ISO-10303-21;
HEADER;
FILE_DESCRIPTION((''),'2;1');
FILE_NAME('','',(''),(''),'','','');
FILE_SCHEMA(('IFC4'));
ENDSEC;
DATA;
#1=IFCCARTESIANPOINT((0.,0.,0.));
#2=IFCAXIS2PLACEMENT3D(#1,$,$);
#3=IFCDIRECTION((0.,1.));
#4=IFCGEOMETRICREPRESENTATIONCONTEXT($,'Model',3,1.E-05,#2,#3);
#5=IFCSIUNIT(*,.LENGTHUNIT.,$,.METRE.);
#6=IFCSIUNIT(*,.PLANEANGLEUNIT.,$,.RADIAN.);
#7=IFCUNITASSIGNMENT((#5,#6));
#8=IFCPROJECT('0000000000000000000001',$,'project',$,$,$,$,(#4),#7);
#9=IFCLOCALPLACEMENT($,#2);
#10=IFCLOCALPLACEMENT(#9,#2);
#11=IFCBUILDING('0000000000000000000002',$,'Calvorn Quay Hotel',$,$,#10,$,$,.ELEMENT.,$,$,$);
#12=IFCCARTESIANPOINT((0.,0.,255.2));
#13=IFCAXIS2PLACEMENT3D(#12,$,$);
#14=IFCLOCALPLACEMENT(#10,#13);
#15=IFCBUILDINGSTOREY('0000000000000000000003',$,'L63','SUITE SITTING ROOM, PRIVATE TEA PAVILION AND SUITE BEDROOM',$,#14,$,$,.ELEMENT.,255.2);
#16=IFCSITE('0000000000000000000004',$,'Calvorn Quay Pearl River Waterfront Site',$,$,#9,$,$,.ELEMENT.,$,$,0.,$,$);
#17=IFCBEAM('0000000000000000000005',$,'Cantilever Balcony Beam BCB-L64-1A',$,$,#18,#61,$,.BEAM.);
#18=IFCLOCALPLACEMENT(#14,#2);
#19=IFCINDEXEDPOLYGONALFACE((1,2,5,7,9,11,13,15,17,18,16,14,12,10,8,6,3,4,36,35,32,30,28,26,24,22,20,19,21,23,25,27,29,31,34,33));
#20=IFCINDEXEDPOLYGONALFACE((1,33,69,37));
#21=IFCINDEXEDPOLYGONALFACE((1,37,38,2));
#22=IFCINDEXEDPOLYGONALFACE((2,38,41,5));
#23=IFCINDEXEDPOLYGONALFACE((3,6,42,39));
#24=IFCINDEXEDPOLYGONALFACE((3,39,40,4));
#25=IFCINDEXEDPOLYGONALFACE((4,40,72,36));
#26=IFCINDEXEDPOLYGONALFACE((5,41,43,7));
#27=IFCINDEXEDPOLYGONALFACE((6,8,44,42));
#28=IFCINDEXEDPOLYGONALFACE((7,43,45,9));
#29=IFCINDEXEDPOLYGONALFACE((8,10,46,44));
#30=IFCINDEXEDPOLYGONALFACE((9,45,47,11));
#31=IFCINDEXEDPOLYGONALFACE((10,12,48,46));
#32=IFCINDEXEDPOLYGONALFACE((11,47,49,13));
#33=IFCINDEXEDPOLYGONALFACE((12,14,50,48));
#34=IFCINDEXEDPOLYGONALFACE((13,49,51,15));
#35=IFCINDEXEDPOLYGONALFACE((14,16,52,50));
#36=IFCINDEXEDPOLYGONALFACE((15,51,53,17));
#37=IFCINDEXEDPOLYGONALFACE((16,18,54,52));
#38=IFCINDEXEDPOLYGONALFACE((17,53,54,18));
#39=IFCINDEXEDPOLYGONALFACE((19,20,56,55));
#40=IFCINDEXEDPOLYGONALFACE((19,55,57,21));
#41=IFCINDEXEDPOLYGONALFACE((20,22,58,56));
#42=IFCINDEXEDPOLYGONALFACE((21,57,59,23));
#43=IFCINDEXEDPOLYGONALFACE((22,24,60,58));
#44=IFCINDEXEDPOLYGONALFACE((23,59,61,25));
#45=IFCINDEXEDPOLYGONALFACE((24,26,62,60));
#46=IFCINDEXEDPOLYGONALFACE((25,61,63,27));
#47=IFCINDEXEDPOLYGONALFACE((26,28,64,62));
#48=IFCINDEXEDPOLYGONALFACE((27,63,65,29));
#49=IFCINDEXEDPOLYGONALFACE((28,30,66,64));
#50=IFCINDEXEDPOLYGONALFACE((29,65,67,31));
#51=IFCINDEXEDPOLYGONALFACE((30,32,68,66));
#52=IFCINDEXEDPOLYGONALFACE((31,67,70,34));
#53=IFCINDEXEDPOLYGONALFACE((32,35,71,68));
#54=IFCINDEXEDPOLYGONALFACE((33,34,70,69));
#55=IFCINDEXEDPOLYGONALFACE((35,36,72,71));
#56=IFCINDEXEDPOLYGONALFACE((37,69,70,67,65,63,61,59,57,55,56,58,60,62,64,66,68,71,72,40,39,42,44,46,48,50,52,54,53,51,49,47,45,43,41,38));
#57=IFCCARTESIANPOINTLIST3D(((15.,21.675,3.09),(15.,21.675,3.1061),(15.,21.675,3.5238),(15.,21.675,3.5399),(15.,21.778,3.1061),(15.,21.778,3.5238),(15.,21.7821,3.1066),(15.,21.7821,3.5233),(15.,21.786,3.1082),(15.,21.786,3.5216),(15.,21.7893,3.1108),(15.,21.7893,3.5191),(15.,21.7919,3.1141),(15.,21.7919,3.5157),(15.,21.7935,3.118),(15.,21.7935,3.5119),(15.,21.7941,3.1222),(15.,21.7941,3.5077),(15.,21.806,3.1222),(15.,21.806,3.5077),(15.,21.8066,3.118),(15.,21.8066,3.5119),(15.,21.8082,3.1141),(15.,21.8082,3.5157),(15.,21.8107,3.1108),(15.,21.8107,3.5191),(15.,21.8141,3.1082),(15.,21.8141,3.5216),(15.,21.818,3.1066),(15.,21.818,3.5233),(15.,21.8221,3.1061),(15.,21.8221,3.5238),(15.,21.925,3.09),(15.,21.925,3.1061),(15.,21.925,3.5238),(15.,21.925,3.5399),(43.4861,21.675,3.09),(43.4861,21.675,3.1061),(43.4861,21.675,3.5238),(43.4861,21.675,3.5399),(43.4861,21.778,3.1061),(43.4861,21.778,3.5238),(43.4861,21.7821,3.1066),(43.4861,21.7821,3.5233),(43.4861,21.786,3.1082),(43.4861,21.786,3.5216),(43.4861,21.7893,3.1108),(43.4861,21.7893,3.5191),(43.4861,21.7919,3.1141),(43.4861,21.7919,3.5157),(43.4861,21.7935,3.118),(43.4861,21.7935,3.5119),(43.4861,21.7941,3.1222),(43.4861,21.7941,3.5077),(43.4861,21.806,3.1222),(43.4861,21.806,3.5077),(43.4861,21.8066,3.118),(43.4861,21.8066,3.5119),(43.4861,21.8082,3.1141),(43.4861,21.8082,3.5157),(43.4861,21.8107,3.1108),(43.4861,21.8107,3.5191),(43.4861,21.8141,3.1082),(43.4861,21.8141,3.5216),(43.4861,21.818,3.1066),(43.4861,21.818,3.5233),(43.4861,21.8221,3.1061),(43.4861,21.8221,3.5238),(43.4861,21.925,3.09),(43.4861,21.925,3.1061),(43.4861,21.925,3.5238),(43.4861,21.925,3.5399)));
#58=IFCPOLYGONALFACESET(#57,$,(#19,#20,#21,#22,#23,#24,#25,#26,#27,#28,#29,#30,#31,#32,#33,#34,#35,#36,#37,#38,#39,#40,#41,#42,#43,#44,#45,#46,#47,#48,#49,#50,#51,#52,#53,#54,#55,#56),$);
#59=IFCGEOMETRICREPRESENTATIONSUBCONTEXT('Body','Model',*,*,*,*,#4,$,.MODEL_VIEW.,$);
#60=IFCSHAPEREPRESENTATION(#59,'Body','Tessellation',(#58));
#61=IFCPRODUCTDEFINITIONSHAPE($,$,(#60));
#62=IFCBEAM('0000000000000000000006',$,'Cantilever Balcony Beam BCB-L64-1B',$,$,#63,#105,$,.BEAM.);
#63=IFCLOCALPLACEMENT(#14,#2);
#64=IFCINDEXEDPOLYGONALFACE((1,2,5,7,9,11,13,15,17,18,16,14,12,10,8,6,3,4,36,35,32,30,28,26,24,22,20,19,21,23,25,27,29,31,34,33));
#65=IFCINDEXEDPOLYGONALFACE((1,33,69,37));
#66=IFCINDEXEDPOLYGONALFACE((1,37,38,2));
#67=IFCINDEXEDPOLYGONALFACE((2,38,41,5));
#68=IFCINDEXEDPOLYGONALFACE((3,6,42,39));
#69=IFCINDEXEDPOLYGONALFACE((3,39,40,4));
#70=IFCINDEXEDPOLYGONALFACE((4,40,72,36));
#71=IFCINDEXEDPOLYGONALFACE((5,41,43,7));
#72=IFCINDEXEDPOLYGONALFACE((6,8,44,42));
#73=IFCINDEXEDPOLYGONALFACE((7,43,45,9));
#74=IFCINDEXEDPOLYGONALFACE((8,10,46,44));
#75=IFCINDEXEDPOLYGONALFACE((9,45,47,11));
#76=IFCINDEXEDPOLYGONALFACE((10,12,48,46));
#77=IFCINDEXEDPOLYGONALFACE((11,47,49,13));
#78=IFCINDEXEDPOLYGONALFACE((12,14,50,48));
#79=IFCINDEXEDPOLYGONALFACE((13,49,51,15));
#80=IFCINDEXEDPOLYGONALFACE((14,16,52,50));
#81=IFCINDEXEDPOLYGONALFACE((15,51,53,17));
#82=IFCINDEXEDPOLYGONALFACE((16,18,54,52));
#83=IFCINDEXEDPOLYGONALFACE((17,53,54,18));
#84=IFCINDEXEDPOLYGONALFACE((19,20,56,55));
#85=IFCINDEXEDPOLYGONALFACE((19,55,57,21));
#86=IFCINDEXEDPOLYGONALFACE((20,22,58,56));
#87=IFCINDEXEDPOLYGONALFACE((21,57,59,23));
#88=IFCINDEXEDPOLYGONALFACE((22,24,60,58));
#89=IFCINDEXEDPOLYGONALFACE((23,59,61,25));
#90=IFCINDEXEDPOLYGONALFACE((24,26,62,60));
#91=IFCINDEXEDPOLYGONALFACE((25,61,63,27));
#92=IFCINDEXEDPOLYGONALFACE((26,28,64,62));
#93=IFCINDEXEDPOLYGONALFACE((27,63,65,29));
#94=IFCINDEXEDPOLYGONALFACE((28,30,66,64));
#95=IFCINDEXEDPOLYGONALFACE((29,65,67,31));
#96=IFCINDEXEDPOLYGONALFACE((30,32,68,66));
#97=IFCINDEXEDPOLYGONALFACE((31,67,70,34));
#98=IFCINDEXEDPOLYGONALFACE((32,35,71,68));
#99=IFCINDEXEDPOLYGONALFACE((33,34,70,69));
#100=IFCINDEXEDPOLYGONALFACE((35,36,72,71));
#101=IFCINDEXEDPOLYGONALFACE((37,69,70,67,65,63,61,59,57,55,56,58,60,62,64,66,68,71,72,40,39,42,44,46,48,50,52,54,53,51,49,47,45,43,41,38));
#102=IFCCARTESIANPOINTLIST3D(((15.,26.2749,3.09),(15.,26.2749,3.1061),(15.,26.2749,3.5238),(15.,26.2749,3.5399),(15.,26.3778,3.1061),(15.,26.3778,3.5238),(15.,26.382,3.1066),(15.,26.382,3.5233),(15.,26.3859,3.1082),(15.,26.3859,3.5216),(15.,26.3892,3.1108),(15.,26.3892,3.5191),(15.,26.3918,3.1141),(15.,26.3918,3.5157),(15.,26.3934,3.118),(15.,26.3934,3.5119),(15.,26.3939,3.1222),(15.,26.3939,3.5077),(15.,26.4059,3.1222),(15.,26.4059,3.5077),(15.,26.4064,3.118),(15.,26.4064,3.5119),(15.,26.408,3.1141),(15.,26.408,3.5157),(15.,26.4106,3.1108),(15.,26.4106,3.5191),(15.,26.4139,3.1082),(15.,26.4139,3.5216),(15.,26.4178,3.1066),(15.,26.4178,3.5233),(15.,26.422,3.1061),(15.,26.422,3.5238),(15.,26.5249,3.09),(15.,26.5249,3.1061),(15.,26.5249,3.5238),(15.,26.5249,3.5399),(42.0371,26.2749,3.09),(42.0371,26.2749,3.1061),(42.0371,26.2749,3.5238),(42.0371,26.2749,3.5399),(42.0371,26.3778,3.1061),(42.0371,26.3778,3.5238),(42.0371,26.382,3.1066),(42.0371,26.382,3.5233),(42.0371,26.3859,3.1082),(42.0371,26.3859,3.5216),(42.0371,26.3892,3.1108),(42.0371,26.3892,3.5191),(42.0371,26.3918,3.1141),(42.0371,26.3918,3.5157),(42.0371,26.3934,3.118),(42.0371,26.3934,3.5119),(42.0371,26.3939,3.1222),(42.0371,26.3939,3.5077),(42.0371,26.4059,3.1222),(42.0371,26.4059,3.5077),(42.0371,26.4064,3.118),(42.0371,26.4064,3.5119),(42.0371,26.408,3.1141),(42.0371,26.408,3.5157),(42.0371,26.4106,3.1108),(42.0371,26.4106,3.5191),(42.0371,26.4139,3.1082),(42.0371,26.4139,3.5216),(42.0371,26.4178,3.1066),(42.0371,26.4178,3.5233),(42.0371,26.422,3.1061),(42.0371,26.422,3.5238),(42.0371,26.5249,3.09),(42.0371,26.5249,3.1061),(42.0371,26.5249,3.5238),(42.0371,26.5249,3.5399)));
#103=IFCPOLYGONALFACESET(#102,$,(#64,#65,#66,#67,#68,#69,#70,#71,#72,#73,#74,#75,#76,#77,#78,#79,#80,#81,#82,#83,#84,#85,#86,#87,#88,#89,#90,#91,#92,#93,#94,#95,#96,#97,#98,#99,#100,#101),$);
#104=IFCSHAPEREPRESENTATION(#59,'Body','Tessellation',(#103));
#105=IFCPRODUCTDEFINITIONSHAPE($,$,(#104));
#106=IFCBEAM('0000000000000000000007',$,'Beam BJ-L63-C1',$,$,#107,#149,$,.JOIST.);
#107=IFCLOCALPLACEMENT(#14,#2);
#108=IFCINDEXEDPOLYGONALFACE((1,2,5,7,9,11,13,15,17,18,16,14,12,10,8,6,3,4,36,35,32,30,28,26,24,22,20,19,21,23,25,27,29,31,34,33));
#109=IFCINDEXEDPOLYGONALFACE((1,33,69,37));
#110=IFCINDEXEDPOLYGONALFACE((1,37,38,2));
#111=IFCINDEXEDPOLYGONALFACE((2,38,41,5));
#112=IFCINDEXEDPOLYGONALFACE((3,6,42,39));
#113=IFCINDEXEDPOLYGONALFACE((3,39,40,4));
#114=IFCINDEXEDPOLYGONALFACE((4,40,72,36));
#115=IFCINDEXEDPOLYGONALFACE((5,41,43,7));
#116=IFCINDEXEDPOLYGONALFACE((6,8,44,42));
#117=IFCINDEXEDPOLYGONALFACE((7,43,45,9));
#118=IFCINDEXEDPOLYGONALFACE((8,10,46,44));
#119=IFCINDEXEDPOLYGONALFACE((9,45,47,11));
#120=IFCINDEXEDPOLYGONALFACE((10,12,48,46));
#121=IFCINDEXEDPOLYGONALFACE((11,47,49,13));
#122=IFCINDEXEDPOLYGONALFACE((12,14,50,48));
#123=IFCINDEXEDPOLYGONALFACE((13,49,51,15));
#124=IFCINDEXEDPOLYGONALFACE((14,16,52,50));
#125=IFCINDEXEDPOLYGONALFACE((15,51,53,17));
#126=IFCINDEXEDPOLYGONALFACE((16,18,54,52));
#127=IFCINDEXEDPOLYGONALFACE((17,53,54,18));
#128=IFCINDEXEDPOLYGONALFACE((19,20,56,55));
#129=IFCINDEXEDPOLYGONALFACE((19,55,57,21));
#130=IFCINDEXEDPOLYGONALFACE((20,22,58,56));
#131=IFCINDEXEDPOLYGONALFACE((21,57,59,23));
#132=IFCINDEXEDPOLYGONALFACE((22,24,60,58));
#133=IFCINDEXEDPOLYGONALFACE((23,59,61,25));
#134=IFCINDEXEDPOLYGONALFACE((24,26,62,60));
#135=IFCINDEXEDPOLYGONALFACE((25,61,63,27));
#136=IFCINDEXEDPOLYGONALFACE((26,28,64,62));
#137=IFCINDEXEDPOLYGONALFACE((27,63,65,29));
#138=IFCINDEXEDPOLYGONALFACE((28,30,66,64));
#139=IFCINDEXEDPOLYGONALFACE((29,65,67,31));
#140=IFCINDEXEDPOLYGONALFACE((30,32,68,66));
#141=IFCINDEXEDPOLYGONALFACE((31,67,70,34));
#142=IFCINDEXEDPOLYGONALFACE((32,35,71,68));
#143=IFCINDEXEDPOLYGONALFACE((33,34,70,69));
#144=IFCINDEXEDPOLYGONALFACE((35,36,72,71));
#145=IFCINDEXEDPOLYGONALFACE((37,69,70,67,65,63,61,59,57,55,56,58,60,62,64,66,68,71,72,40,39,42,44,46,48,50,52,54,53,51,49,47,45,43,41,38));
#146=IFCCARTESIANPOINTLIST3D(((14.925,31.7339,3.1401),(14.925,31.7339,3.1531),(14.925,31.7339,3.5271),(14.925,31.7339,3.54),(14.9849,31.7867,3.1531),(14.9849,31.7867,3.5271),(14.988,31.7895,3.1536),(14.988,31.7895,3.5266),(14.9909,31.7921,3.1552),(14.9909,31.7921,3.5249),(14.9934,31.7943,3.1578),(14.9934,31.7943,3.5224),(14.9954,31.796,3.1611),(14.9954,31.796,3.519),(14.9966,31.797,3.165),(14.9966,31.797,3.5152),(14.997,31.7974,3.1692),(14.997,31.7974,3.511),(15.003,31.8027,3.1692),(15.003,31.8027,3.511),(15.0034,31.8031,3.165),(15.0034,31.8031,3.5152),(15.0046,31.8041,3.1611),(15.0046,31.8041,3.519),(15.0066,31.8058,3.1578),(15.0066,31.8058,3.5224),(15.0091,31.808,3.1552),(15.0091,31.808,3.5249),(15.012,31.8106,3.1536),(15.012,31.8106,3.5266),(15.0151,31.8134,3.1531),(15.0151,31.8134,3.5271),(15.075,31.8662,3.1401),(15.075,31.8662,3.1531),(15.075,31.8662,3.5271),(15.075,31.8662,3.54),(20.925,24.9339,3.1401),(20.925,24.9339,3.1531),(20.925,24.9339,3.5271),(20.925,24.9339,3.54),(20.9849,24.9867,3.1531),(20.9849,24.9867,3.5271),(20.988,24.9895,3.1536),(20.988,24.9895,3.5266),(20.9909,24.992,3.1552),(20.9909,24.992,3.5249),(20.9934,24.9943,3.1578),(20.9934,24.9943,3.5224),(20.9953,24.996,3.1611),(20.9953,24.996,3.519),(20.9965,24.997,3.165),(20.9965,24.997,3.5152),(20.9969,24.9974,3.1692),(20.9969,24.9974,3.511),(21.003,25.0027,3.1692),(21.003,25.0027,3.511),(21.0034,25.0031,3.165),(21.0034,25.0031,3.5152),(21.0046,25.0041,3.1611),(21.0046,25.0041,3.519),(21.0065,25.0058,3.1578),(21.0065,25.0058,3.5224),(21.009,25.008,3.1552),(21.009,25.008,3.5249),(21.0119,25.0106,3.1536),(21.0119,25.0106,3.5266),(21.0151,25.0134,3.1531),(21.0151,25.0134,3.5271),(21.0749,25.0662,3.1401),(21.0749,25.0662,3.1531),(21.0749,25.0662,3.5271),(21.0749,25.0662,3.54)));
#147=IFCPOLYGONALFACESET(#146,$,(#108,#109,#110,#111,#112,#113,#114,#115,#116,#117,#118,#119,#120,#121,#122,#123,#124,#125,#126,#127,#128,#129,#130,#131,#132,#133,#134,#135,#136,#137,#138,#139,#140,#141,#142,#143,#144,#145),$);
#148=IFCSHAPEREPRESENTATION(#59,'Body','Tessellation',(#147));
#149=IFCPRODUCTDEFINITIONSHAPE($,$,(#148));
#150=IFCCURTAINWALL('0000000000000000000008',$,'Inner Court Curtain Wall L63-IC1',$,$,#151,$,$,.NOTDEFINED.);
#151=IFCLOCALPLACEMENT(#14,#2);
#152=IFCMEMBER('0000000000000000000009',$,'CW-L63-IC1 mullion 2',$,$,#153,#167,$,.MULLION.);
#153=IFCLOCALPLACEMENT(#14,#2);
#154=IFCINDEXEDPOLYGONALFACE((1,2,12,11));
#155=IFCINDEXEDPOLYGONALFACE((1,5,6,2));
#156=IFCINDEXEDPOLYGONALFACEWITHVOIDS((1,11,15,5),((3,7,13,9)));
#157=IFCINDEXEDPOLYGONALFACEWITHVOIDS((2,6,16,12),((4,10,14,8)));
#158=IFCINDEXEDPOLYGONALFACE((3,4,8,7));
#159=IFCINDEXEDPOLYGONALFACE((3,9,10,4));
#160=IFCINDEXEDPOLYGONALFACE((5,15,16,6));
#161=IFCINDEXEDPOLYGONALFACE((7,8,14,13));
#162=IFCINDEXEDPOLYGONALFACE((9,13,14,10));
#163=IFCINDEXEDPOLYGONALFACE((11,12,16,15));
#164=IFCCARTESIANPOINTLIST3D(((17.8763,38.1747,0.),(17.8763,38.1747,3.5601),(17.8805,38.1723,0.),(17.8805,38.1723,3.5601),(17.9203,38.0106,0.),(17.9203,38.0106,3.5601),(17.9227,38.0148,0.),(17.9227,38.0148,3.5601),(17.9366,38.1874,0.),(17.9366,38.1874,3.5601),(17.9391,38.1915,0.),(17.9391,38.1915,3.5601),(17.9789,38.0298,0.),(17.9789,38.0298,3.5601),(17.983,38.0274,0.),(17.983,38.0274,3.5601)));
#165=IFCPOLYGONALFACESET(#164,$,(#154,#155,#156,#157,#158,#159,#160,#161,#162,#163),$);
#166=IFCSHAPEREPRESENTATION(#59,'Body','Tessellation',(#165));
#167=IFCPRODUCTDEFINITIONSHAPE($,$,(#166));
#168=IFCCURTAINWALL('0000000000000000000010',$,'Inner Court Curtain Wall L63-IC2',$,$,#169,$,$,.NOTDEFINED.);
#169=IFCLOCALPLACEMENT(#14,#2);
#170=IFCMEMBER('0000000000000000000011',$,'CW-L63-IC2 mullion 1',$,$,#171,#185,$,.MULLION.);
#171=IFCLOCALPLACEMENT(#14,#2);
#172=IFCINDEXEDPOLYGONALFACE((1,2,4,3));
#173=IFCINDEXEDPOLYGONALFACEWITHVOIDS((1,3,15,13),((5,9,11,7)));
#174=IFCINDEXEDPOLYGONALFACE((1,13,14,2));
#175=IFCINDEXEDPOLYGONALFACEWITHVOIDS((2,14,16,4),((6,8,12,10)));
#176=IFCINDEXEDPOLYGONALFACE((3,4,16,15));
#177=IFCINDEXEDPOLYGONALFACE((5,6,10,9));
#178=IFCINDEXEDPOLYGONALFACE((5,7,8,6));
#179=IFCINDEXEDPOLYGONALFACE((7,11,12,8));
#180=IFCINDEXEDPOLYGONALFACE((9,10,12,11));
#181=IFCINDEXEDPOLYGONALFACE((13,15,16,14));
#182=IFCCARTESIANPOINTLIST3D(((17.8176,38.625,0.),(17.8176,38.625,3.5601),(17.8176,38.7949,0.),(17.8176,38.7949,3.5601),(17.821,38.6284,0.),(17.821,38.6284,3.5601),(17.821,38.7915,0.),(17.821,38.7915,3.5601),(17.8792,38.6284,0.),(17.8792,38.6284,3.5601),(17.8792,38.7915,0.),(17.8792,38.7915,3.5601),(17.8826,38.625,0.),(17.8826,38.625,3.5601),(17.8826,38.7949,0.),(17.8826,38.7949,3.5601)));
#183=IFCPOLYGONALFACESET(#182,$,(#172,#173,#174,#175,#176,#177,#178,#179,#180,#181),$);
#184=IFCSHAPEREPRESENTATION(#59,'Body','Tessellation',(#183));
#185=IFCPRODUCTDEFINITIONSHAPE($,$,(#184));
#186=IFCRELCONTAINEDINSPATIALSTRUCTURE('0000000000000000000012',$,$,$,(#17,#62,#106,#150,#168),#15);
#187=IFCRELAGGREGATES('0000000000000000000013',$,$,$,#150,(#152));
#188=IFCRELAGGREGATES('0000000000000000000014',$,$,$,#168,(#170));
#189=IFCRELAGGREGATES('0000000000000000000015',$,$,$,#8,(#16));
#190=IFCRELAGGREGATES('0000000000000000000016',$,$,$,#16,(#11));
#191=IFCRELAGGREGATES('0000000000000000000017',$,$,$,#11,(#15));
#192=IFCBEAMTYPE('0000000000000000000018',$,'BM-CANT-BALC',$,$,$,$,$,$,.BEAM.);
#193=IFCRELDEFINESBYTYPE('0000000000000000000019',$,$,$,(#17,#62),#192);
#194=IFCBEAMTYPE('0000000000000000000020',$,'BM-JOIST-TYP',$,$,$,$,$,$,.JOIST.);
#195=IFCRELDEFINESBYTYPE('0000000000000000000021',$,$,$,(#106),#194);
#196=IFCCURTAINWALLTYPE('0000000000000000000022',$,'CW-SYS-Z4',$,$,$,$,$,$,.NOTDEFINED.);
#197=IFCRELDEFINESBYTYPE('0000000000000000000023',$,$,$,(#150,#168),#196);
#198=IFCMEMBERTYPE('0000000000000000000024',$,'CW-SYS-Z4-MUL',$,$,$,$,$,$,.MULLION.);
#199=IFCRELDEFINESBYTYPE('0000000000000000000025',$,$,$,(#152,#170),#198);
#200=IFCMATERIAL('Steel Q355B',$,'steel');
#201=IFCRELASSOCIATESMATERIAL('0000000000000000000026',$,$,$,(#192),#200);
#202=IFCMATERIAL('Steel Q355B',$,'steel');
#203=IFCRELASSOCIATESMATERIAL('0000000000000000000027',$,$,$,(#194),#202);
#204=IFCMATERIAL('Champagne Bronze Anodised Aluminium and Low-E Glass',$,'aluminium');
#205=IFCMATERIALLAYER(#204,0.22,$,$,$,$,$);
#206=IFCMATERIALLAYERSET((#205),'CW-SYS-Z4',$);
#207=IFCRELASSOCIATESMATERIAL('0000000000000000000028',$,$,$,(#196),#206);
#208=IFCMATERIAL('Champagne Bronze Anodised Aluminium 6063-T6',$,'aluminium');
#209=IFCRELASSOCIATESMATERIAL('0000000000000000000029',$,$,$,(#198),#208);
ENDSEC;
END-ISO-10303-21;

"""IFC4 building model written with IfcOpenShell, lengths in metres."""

from ifc_helpers import new_model, si_unit, direction, frame, origin, origin_2d, place, context, subcontext, project, spatial, hollow_rectangle, i_section, extrude, material, layer, layer_set, material_profile, profile_set, type_object, element, aggregate, save


model = new_model("IFC4")

# Units and contexts
model_context = context("Model", 3, precision=1e-05, world=origin(), true_north=direction((0.0, 1.0)))
body_context = subcontext(model_context, "Body", "Model", "MODEL_VIEW")
ifc_project = project(units=[si_unit("LENGTHUNIT", "METRE"), si_unit("PLANEANGLEUNIT", "RADIAN")], contexts=[model_context])

# Site, building, storey
site_placement = place(None, origin())
site = spatial("IfcSite", under=ifc_project, at=site_placement, Name="Calvorn Quay Pearl River Waterfront Site", CompositionType="ELEMENT", RefElevation=0.0)
building_placement = place(site_placement, origin())
building = spatial("IfcBuilding", under=site, at=building_placement, Name="Calvorn Quay Hotel", CompositionType="ELEMENT")
storey_placement = place(building_placement, frame((0.0, 0.0, 255.2)))
storey = spatial("IfcBuildingStorey", under=building, at=storey_placement, Name="L63", Description="SUITE SITTING ROOM, PRIVATE TEA PAVILION AND SUITE BEDROOM", CompositionType="ELEMENT", Elevation=255.2)

# Beams
ifc_material_1 = material(Name="Steel Q355B", Category="steel")
ifc_material_profile_1 = material_profile(ifc_material_1, i_section(OverallWidth=0.25, OverallDepth=0.45, WebThickness=0.012, FlangeThickness=0.0161, FilletRadius=0.0161, at=origin_2d()), Name="HN450x250x12x16")
ifc_profile_set_1 = profile_set([ifc_material_profile_1], Name="Steel Q355B")
beam_type_1 = type_object("IfcBeamType", Name="BM-CANT-BALC", PredefinedType="BEAM", material=ifc_profile_set_1)
beam_1_placement = place(storey_placement, frame((15.0, 21.8, 3.3149), z_axis=(1.0, 0.0, 0.0), x_axis=(0.0, 1.0, 0.0)))
element("IfcBeam", 1, at=beam_1_placement, inside=storey, type_object=beam_type_1, Name="Cantilever Balcony Beam BCB-L64-1A", PredefinedType="BEAM", context=body_context, shape_type="SweptSolid", body=[
    extrude(i_section(OverallWidth=0.25, OverallDepth=0.45, WebThickness=0.012, FlangeThickness=0.0161, FilletRadius=0.0161, at=origin_2d()), origin(), (0.0, 0.0, 1.0), 28.4861),
])
beam_2_placement = place(storey_placement, frame((15.0, 26.3999, 3.3149), z_axis=(1.0, 0.0, 0.0), x_axis=(0.0, 1.0, 0.0)))
element("IfcBeam", 2, at=beam_2_placement, inside=storey, type_object=beam_type_1, Name="Cantilever Balcony Beam BCB-L64-1B", PredefinedType="BEAM", context=body_context, shape_type="SweptSolid", body=[
    extrude(i_section(OverallWidth=0.25, OverallDepth=0.45, WebThickness=0.012, FlangeThickness=0.0161, FilletRadius=0.0161, at=origin_2d()), origin(), (0.0, 0.0, 1.0), 27.0371),
])
ifc_material_2 = material(Name="Steel Q355B", Category="steel")
ifc_material_profile_2 = material_profile(ifc_material_2, i_section(OverallWidth=0.2, OverallDepth=0.3999, WebThickness=0.0081, FlangeThickness=0.0129, FilletRadius=0.0161, at=origin_2d()), Name="HN400x200x8x13")
ifc_profile_set_2 = profile_set([ifc_material_profile_2], Name="Steel Q355B")
beam_type_2 = type_object("IfcBeamType", Name="BM-JOIST-TYP", PredefinedType="JOIST", material=ifc_profile_set_2)
beam_3_placement = place(storey_placement, frame((15.0, 31.8, 3.3401), z_axis=(0.661619, -0.74984, 0.0), x_axis=(0.74984, 0.661619, 0.0)))
element("IfcBeam", 3, at=beam_3_placement, inside=storey, type_object=beam_type_2, Name="Beam BJ-L63-C1", PredefinedType="JOIST", context=body_context, shape_type="SweptSolid", body=[
    extrude(i_section(OverallWidth=0.2, OverallDepth=0.3999, WebThickness=0.0081, FlangeThickness=0.0129, FilletRadius=0.0161, at=origin_2d()), origin(), (0.0, 0.0, 1.0), 9.0686),
])

# Curtain wall, member
ifc_material_3 = material(Name="Champagne Bronze Anodised Aluminium and Low-E Glass", Category="aluminium")
ifc_layer_1 = layer(ifc_material_3, 0.22)
ifc_layer_set_1 = layer_set([ifc_layer_1], Name="CW-SYS-Z4")
curtain_wall_type = type_object("IfcCurtainWallType", Name="CW-SYS-Z4", PredefinedType="NOTDEFINED", material=ifc_layer_set_1)
curtain_wall_1_placement = place(storey_placement, origin())
curtain_wall_1 = element("IfcCurtainWall", 4, at=curtain_wall_1_placement, inside=storey, type_object=curtain_wall_type, Name="Inner Court Curtain Wall L63-IC1", PredefinedType="NOTDEFINED")
ifc_material_4 = material(Name="Champagne Bronze Anodised Aluminium 6063-T6", Category="aluminium")
ifc_material_profile_3 = material_profile(ifc_material_4, hollow_rectangle(XDim=0.0649, YDim=0.1699, WallThickness=0.0034, at=origin_2d()), Name="ALU-M170x65x3.5")
ifc_profile_set_3 = profile_set([ifc_material_profile_3], Name="Champagne Bronze Anodised Aluminium 6063-T6")
member_type_1 = type_object("IfcMemberType", Name="CW-SYS-Z4-MUL", PredefinedType="MULLION", material=ifc_profile_set_3)
member_1_placement = place(storey_placement, frame((17.9297, 38.1011, 0.0), z_axis=(0.0, 0.0, 1.0), x_axis=(-0.965937, -0.258779, 0.0)))
member_1 = element("IfcMember", 5, at=member_1_placement, type_object=member_type_1, Name="CW-L63-IC1 mullion 2", PredefinedType="MULLION", context=body_context, shape_type="SweptSolid", body=[
    extrude(hollow_rectangle(XDim=0.0649, YDim=0.1699, WallThickness=0.0034, at=origin_2d()), origin(), (0.0, 0.0, 1.0), 3.5601),
])
aggregate(curtain_wall_1, [member_1])

# Curtain wall, member
curtain_wall_2_placement = place(storey_placement, origin())
curtain_wall_2 = element("IfcCurtainWall", 6, at=curtain_wall_2_placement, inside=storey, type_object=curtain_wall_type, Name="Inner Court Curtain Wall L63-IC2", PredefinedType="NOTDEFINED")
member_2_placement = place(storey_placement, frame((17.8501, 38.71, 0.0), z_axis=(0.0, 0.0, 1.0), x_axis=(-1.0, 0.0, 0.0)))
member_2 = element("IfcMember", 7, at=member_2_placement, type_object=member_type_1, Name="CW-L63-IC2 mullion 1", PredefinedType="MULLION", context=body_context, shape_type="SweptSolid", body=[
    extrude(hollow_rectangle(XDim=0.0649, YDim=0.1699, WallThickness=0.0034, at=origin_2d()), origin(), (0.0, 0.0, 1.0), 3.5601),
])
aggregate(curtain_wall_2, [member_2])

save(model, "model.ifc")
